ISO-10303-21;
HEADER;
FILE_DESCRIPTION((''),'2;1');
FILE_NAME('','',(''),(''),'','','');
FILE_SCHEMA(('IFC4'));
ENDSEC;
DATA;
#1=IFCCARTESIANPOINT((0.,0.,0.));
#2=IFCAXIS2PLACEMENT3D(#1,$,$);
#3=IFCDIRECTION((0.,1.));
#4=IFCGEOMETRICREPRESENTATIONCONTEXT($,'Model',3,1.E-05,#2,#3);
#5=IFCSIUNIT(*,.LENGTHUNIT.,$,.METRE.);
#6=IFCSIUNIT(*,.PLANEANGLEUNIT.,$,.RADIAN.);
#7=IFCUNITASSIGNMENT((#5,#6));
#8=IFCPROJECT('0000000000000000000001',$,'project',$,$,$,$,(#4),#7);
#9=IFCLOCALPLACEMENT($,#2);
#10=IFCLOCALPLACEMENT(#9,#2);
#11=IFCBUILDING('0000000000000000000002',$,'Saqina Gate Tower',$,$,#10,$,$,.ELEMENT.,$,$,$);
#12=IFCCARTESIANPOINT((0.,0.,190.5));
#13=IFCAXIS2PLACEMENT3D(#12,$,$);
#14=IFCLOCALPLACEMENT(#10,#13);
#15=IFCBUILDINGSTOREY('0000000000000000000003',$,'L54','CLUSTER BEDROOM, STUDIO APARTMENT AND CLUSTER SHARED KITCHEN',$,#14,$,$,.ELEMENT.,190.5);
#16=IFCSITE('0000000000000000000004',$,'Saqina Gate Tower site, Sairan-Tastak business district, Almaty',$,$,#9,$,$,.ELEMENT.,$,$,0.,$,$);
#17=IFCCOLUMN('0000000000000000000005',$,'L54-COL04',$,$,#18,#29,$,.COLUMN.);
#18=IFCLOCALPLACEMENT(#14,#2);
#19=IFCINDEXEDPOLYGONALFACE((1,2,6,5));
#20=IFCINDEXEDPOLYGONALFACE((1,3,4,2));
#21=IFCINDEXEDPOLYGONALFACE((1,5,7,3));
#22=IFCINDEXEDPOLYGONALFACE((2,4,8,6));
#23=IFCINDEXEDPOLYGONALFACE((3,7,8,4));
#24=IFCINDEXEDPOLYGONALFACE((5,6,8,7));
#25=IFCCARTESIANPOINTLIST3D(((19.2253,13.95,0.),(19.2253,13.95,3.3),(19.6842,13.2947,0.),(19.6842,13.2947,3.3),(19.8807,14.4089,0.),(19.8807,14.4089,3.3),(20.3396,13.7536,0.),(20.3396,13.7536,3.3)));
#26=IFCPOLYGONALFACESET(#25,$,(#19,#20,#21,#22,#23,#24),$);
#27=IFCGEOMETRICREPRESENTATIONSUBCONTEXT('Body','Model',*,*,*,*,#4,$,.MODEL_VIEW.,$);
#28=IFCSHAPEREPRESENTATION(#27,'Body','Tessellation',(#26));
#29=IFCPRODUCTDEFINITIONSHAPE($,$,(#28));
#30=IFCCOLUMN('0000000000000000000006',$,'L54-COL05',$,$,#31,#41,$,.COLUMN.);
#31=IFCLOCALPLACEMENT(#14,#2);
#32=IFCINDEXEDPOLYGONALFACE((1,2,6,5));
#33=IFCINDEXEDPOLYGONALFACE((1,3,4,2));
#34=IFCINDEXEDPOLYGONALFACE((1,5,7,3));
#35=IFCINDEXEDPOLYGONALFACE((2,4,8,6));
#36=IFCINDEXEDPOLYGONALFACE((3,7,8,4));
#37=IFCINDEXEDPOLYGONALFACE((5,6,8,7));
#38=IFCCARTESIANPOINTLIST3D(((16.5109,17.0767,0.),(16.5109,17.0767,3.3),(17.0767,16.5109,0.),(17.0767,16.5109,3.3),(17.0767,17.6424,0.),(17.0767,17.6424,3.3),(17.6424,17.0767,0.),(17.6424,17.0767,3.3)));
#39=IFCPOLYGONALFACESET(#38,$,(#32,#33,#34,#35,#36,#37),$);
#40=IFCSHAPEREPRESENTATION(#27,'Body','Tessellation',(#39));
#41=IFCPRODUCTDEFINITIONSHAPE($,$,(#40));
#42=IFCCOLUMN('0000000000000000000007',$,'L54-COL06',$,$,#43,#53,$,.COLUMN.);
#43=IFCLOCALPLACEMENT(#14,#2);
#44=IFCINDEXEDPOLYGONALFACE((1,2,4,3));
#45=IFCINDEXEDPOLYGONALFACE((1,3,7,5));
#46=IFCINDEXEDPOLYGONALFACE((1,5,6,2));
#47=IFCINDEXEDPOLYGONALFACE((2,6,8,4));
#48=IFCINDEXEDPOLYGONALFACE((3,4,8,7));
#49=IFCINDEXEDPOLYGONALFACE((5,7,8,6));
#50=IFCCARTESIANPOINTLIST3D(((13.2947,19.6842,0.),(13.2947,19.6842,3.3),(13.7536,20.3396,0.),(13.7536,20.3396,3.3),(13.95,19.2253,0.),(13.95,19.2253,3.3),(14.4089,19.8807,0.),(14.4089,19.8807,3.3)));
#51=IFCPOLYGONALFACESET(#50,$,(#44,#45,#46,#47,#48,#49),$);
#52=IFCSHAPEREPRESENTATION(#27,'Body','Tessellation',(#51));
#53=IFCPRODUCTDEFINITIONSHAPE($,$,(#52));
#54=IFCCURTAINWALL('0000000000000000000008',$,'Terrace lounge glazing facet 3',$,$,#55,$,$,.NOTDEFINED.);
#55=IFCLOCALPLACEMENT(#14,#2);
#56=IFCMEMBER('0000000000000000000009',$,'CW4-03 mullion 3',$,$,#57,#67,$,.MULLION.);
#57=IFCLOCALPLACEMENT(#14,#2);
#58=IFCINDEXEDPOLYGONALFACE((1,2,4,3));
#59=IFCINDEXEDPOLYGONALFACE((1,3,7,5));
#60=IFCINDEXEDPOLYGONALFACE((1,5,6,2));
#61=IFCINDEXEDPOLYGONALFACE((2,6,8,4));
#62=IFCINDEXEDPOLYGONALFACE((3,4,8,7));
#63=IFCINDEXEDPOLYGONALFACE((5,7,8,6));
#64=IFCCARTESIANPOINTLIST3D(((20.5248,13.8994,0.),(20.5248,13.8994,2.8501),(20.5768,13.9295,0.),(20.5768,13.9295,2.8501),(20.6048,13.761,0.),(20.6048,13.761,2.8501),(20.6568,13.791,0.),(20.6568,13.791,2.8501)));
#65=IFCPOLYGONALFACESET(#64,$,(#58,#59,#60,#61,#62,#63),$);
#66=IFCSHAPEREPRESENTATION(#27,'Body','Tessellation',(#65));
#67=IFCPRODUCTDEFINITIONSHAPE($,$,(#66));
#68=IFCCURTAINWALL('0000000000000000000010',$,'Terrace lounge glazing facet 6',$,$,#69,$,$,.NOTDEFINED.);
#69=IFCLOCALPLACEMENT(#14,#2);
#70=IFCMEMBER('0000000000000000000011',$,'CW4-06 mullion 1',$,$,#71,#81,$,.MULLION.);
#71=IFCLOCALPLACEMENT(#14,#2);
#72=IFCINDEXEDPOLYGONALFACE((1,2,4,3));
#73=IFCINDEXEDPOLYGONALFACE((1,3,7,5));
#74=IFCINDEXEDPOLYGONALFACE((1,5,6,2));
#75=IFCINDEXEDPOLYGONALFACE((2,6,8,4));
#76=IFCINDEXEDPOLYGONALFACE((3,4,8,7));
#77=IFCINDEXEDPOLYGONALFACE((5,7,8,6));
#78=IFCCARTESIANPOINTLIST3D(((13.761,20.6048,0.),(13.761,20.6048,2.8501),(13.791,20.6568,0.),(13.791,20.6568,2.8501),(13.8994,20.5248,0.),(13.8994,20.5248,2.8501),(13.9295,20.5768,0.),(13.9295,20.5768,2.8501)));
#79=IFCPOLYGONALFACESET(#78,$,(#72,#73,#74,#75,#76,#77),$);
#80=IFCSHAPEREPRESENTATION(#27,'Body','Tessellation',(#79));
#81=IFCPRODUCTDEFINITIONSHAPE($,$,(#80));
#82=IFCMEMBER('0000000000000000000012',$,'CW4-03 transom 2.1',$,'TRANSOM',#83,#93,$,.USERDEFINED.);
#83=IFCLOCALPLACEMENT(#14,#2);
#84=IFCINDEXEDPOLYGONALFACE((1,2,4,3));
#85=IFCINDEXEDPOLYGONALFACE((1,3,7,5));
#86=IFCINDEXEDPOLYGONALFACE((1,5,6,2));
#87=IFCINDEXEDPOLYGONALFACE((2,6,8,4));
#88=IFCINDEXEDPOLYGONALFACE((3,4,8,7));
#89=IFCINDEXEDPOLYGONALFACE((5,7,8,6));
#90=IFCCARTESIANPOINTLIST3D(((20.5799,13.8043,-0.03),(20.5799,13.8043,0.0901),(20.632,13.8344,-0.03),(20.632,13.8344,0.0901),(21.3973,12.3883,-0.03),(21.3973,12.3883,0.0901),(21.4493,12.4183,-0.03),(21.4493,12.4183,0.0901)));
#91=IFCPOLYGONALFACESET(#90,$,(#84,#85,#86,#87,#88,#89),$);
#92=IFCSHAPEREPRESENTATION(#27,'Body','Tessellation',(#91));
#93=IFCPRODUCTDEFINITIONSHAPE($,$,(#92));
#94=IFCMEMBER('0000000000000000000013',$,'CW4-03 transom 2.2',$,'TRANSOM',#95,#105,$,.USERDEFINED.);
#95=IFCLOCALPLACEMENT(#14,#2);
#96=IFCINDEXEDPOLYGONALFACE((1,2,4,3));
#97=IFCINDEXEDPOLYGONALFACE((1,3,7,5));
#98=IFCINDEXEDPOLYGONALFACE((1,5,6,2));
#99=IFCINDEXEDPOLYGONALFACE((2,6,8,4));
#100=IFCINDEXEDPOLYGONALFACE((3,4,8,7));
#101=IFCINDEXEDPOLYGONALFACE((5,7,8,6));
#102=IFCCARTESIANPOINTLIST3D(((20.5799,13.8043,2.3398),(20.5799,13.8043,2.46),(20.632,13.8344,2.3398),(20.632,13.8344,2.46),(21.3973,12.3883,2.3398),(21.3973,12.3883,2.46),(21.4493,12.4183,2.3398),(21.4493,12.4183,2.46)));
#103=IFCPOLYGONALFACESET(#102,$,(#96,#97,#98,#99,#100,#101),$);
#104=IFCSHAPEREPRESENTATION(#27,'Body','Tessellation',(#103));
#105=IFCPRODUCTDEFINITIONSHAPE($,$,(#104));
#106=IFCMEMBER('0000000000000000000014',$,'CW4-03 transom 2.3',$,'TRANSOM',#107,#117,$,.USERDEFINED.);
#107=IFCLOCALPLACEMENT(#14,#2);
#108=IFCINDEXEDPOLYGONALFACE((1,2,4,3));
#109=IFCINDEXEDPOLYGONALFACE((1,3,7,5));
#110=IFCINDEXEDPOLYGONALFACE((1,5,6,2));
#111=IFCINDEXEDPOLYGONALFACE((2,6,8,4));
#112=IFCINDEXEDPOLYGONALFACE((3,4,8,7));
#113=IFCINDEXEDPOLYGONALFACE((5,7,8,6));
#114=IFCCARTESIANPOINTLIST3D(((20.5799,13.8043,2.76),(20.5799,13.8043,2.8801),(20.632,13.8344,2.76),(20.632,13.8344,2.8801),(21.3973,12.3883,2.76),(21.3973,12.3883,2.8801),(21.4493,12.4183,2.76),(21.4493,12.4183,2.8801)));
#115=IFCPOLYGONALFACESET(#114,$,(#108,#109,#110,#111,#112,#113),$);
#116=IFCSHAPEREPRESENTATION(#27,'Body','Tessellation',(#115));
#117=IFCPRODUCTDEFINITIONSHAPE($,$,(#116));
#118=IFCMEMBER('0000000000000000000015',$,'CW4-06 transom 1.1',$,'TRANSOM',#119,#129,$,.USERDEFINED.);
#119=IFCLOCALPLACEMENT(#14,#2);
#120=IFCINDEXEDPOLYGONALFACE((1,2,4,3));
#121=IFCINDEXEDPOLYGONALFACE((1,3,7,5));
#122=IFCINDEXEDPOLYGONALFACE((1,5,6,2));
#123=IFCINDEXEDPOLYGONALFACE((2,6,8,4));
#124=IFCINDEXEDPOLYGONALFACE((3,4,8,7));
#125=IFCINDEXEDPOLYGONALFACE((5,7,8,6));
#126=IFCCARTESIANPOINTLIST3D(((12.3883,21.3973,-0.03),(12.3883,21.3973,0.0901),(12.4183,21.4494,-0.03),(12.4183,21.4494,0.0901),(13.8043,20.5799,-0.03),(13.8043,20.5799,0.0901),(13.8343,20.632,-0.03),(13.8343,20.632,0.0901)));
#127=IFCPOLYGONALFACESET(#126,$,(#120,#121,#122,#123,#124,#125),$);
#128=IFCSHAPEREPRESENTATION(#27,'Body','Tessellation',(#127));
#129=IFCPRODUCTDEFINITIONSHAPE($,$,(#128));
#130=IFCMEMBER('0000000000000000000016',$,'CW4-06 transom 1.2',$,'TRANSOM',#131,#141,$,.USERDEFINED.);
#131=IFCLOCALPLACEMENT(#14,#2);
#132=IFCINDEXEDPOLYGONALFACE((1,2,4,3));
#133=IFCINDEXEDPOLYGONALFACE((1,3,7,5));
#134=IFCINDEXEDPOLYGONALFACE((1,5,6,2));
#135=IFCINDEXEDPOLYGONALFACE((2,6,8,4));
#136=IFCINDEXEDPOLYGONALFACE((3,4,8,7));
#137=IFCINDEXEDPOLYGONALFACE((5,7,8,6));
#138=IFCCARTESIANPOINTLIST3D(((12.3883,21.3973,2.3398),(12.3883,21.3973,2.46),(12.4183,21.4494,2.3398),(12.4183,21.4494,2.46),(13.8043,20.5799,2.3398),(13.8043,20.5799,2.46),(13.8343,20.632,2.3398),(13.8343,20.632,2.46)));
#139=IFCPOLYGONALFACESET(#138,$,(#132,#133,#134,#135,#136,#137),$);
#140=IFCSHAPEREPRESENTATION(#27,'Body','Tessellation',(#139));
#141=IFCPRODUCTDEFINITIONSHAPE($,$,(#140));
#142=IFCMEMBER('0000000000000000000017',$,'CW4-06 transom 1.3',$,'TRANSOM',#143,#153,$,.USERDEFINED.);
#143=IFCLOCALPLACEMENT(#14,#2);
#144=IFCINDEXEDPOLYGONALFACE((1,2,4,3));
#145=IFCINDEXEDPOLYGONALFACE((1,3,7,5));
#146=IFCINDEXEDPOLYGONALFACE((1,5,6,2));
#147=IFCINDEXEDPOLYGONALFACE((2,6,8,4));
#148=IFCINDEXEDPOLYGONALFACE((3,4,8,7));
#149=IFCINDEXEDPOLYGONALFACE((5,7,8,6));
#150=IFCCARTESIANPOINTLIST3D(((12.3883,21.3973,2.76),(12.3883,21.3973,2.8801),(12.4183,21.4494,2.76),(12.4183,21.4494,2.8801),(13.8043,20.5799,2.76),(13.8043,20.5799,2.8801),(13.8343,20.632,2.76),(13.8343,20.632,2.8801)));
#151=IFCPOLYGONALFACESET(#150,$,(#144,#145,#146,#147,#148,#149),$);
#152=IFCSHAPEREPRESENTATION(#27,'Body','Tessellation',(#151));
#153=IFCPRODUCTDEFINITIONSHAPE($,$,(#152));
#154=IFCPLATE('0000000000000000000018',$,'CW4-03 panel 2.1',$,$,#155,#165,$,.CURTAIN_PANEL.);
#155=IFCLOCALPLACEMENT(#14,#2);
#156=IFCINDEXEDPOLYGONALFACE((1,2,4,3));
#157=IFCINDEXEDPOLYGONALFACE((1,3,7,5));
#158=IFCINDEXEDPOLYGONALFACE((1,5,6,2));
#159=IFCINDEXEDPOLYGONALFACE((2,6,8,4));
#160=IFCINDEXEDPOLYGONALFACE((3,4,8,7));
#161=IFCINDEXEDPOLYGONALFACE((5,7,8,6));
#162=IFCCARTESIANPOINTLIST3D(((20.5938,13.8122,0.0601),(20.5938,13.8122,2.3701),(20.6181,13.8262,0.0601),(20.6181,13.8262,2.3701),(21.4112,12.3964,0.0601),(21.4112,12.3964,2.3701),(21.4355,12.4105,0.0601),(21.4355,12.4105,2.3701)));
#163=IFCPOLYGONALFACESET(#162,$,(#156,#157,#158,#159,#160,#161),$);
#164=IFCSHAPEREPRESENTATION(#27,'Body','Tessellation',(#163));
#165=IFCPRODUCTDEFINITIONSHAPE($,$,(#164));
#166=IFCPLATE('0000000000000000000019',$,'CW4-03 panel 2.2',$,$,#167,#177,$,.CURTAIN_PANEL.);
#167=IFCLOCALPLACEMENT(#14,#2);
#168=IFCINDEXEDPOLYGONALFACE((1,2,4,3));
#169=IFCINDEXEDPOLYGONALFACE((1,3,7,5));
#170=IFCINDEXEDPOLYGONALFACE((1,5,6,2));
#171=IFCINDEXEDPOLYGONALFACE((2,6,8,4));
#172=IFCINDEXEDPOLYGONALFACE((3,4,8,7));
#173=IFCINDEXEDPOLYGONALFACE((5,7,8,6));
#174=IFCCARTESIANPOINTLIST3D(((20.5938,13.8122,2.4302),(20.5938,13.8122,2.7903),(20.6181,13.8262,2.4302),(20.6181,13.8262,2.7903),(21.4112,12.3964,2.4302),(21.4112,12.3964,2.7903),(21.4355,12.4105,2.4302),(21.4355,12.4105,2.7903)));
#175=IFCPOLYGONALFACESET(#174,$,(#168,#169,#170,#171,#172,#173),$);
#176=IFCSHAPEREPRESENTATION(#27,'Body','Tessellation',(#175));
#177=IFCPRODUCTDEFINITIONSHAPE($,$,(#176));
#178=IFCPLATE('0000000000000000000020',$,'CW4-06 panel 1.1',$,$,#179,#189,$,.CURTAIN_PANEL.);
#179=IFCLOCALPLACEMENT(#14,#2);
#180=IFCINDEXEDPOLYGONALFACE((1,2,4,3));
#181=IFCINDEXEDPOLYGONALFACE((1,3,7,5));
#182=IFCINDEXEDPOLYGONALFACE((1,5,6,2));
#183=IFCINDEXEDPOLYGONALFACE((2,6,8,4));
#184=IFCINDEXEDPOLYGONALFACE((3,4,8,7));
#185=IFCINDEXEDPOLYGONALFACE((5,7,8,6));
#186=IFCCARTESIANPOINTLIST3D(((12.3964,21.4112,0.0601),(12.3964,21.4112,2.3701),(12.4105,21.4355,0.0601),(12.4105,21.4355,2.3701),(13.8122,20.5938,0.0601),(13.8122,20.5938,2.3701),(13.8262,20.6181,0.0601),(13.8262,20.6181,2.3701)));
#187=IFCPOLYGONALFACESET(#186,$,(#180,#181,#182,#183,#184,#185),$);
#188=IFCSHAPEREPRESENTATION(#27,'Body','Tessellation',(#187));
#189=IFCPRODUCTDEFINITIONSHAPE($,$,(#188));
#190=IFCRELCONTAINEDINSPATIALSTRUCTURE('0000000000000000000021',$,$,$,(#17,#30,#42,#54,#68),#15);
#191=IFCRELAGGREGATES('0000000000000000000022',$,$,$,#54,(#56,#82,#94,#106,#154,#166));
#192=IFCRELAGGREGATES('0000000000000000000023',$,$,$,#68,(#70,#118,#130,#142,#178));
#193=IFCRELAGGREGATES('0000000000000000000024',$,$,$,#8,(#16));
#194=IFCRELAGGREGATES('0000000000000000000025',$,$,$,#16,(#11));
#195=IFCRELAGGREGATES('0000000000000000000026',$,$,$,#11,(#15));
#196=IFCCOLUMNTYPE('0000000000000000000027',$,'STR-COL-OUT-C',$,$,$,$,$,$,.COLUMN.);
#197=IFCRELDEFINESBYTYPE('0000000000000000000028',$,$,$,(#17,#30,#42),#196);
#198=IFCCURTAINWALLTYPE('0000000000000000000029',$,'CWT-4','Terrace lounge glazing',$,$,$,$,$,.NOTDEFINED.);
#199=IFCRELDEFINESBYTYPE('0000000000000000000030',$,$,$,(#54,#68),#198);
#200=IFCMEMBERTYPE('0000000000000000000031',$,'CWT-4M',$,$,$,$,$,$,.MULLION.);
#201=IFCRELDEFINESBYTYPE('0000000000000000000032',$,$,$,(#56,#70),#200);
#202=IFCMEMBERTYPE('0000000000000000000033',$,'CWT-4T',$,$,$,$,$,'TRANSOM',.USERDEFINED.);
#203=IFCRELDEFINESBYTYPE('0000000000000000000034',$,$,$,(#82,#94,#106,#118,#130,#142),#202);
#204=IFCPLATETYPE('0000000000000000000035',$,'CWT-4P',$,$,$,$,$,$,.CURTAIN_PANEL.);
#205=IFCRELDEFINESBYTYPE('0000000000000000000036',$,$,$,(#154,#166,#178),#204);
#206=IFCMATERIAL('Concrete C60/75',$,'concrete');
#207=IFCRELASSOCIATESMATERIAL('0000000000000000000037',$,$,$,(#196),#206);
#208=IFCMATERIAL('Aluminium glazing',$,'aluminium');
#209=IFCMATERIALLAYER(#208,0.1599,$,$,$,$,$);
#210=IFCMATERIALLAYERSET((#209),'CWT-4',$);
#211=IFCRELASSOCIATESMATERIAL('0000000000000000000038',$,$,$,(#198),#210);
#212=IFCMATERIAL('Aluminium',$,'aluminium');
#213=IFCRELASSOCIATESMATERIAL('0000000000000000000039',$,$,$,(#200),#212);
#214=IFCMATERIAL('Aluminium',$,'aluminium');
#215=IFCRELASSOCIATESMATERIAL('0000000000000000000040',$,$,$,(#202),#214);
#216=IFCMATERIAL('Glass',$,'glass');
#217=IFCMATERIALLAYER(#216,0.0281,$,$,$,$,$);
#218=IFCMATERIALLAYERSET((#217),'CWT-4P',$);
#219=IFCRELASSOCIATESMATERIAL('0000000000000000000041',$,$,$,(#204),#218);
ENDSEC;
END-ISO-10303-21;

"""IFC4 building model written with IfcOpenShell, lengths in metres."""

from ifc_helpers import new_model, si_unit, direction, frame, origin, origin_2d, place, context, subcontext, project, spatial, rectangle, extrude, material, layer, layer_set, material_profile, profile_set, type_object, element, aggregate, save


model = new_model("IFC4")

# Units and contexts
model_context = context("Model", 3, precision=1e-05, world=origin(), true_north=direction((0.0, 1.0)))
body_context = subcontext(model_context, "Body", "Model", "MODEL_VIEW")
ifc_project = project(units=[si_unit("LENGTHUNIT", "METRE"), si_unit("PLANEANGLEUNIT", "RADIAN")], contexts=[model_context])

# Site, building, storey
site_placement = place(None, origin())
site = spatial("IfcSite", under=ifc_project, at=site_placement, Name="Saqina Gate Tower site, Sairan-Tastak business district, Almaty", CompositionType="ELEMENT", RefElevation=0.0)
building_placement = place(site_placement, origin())
building = spatial("IfcBuilding", under=site, at=building_placement, Name="Saqina Gate Tower", CompositionType="ELEMENT")
storey_placement = place(building_placement, frame((0.0, 0.0, 190.5)))
storey = spatial("IfcBuildingStorey", under=building, at=storey_placement, Name="L54", Description="CLUSTER BEDROOM, STUDIO APARTMENT AND CLUSTER SHARED KITCHEN", CompositionType="ELEMENT", Elevation=190.5)

# Columns
ifc_material_1 = material(Name="Concrete C60/75", Category="concrete")
ifc_material_profile_1 = material_profile(ifc_material_1, rectangle(XDim=0.8, YDim=0.8, at=origin_2d()), Name="RC 800x800")
ifc_profile_set_1 = profile_set([ifc_material_profile_1], Name="Concrete C60/75")
column_type = type_object("IfcColumnType", Name="STR-COL-OUT-C", PredefinedType="COLUMN", material=ifc_profile_set_1)
for number, where, z_axis, x_axis, name in (
    (1, (19.7825, 13.8518, 0.0), (0.0, 0.0, 1.0), (0.819152, 0.573576, 0.0), "L54-COL04"),
    (2, (17.0767, 17.0767, 0.0), (0.0, 0.0, 1.0), (0.707107, 0.707107, 0.0), "L54-COL05"),
    (3, (13.8518, 19.7825, 0.0), (0.0, 0.0, 1.0), (0.573576, 0.819152, 0.0), "L54-COL06"),
):
    element("IfcColumn", number, at=place(storey_placement, frame(where, z_axis=z_axis, x_axis=x_axis)), inside=storey, type_object=column_type, Name=name, PredefinedType="COLUMN", context=body_context, shape_type="SweptSolid", body=[
        extrude(rectangle(XDim=0.8, YDim=0.8, at=origin_2d()), origin(), (0.0, 0.0, 1.0), 3.3),
    ])

# Curtain walls, members
ifc_material_2 = material(Name="Aluminium glazing", Category="aluminium")
ifc_layer_1 = layer(ifc_material_2, 0.1599)
ifc_layer_set_1 = layer_set([ifc_layer_1], Name="CWT-4")
curtain_wall_type = type_object("IfcCurtainWallType", Name="CWT-4", Description="Terrace lounge glazing", PredefinedType="NOTDEFINED", material=ifc_layer_set_1)
curtain_wall_1_placement = place(storey_placement, origin())
curtain_wall_1 = element("IfcCurtainWall", 4, at=curtain_wall_1_placement, inside=storey, type_object=curtain_wall_type, Name="Terrace lounge glazing facet 3", PredefinedType="NOTDEFINED")
ifc_material_3 = material(Name="Aluminium", Category="aluminium")
ifc_material_profile_2 = material_profile(ifc_material_3, rectangle(XDim=0.0601, YDim=0.1599, at=origin_2d()), Name="Aluminium 60x160")
ifc_profile_set_2 = profile_set([ifc_material_profile_2], Name="Aluminium")
member_type_1 = type_object("IfcMemberType", Name="CWT-4M", PredefinedType="MULLION", material=ifc_profile_set_2)
member_1_placement = place(storey_placement, frame((20.5908, 13.8452, 0.0), z_axis=(0.0, 0.0, 1.0), x_axis=(-0.866017, -0.500014, 0.0)))
member_1 = element("IfcMember", 5, at=member_1_placement, type_object=member_type_1, Name="CW4-03 mullion 3", PredefinedType="MULLION", context=body_context, shape_type="SweptSolid", body=[
    extrude(rectangle(XDim=0.0601, YDim=0.1599, at=origin_2d()), origin(), (0.0, 0.0, 1.0), 2.8501),
])
curtain_wall_2_placement = place(storey_placement, origin())
curtain_wall_2 = element("IfcCurtainWall", 6, at=curtain_wall_2_placement, inside=storey, type_object=curtain_wall_type, Name="Terrace lounge glazing facet 6", PredefinedType="NOTDEFINED")
member_2_placement = place(storey_placement, frame((13.8452, 20.5908, 0.0), z_axis=(0.0, 0.0, 1.0), x_axis=(-0.500014, -0.866017, 0.0)))
member_2 = element("IfcMember", 7, at=member_2_placement, type_object=member_type_1, Name="CW4-06 mullion 1", PredefinedType="MULLION", context=body_context, shape_type="SweptSolid", body=[
    extrude(rectangle(XDim=0.0601, YDim=0.1599, at=origin_2d()), origin(), (0.0, 0.0, 1.0), 2.8501),
])

# Members
ifc_material_4 = material(Name="Aluminium", Category="aluminium")
ifc_material_profile_3 = material_profile(ifc_material_4, rectangle(XDim=0.0601, YDim=0.1201, at=origin_2d()), Name="Aluminium 60x120")
ifc_profile_set_3 = profile_set([ifc_material_profile_3], Name="Aluminium")
member_type_2 = type_object("IfcMemberType", Name="CWT-4T", ElementType="TRANSOM", PredefinedType="USERDEFINED", material=ifc_profile_set_3)
member_3_placement = place(storey_placement, frame((21.4233, 12.4033, 0.03), z_axis=(-0.499929, 0.866066, 0.0), x_axis=(-0.866066, -0.499929, 0.0)))
member_3 = element("IfcMember", 8, at=member_3_placement, type_object=member_type_2, Name="CW4-03 transom 2.1", ObjectType="TRANSOM", PredefinedType="USERDEFINED", context=body_context, shape_type="SweptSolid", body=[
    extrude(rectangle(XDim=0.0601, YDim=0.1201, at=origin_2d()), origin(), (0.0, 0.0, 1.0), 1.635),
])
member_4_placement = place(storey_placement, frame((21.4233, 12.4033, 2.3999), z_axis=(-0.499929, 0.866066, 0.0), x_axis=(-0.866066, -0.499929, 0.0)))
member_4 = element("IfcMember", 9, at=member_4_placement, type_object=member_type_2, Name="CW4-03 transom 2.2", ObjectType="TRANSOM", PredefinedType="USERDEFINED", context=body_context, shape_type="SweptSolid", body=[
    extrude(rectangle(XDim=0.0601, YDim=0.1201, at=origin_2d()), origin(), (0.0, 0.0, 1.0), 1.635),
])
member_5_placement = place(storey_placement, frame((21.4233, 12.4033, 2.8201), z_axis=(-0.499929, 0.866066, 0.0), x_axis=(-0.866066, -0.499929, 0.0)))
member_5 = element("IfcMember", 10, at=member_5_placement, type_object=member_type_2, Name="CW4-03 transom 2.3", ObjectType="TRANSOM", PredefinedType="USERDEFINED", context=body_context, shape_type="SweptSolid", body=[
    extrude(rectangle(XDim=0.0601, YDim=0.1201, at=origin_2d()), origin(), (0.0, 0.0, 1.0), 1.635),
])
member_6_placement = place(storey_placement, frame((13.8193, 20.606, 0.03), z_axis=(-0.866066, 0.499929, 0.0), x_axis=(-0.499929, -0.866066, 0.0)))
member_6 = element("IfcMember", 11, at=member_6_placement, type_object=member_type_2, Name="CW4-06 transom 1.1", ObjectType="TRANSOM", PredefinedType="USERDEFINED", context=body_context, shape_type="SweptSolid", body=[
    extrude(rectangle(XDim=0.0601, YDim=0.1201, at=origin_2d()), origin(), (0.0, 0.0, 1.0), 1.635),
])
member_7_placement = place(storey_placement, frame((13.8193, 20.606, 2.3999), z_axis=(-0.866066, 0.499929, 0.0), x_axis=(-0.499929, -0.866066, 0.0)))
member_7 = element("IfcMember", 12, at=member_7_placement, type_object=member_type_2, Name="CW4-06 transom 1.2", ObjectType="TRANSOM", PredefinedType="USERDEFINED", context=body_context, shape_type="SweptSolid", body=[
    extrude(rectangle(XDim=0.0601, YDim=0.1201, at=origin_2d()), origin(), (0.0, 0.0, 1.0), 1.635),
])
member_8_placement = place(storey_placement, frame((13.8193, 20.606, 2.8201), z_axis=(-0.866066, 0.499929, 0.0), x_axis=(-0.499929, -0.866066, 0.0)))
member_8 = element("IfcMember", 13, at=member_8_placement, type_object=member_type_2, Name="CW4-06 transom 1.3", ObjectType="TRANSOM", PredefinedType="USERDEFINED", context=body_context, shape_type="SweptSolid", body=[
    extrude(rectangle(XDim=0.0601, YDim=0.1201, at=origin_2d()), origin(), (0.0, 0.0, 1.0), 1.635),
])

# Plates
ifc_material_5 = material(Name="Glass", Category="glass")
ifc_layer_2 = layer(ifc_material_5, 0.0281)
ifc_layer_set_2 = layer_set([ifc_layer_2], Name="CWT-4P")
plate_type = type_object("IfcPlateType", Name="CWT-4P", PredefinedType="CURTAIN_PANEL", material=ifc_layer_set_2)
plate_1_placement = place(storey_placement, frame((21.0146, 13.1113, 0.0601), z_axis=(0.0, 0.0, 1.0), x_axis=(-0.500014, 0.866017, 0.0)))
plate_1 = element("IfcPlate", 14, at=plate_1_placement, type_object=plate_type, Name="CW4-03 panel 2.1", PredefinedType="CURTAIN_PANEL", context=body_context, shape_type="SweptSolid", body=[
    extrude(rectangle(XDim=1.6348, YDim=0.0281, at=origin_2d()), origin(), (0.0, 0.0, 1.0), 2.3101),
])
plate_2_placement = place(storey_placement, frame((21.0146, 13.1113, 2.4302), z_axis=(0.0, 0.0, 1.0), x_axis=(-0.500014, 0.866017, 0.0)))
plate_2 = element("IfcPlate", 15, at=plate_2_placement, type_object=plate_type, Name="CW4-03 panel 2.2", PredefinedType="CURTAIN_PANEL", context=body_context, shape_type="SweptSolid", body=[
    extrude(rectangle(XDim=1.6348, YDim=0.0281, at=origin_2d()), origin(), (0.0, 0.0, 1.0), 0.3601),
])
aggregate(curtain_wall_1, [member_1, member_3, member_4, member_5, plate_1, plate_2])
plate_3_placement = place(storey_placement, frame((13.1113, 21.0146, 0.0601), z_axis=(0.0, 0.0, 1.0), x_axis=(-0.866017, 0.500014, 0.0)))
plate_3 = element("IfcPlate", 16, at=plate_3_placement, type_object=plate_type, Name="CW4-06 panel 1.1", PredefinedType="CURTAIN_PANEL", context=body_context, shape_type="SweptSolid", body=[
    extrude(rectangle(XDim=1.6348, YDim=0.0281, at=origin_2d()), origin(), (0.0, 0.0, 1.0), 2.3101),
])
aggregate(curtain_wall_2, [member_2, member_6, member_7, member_8, plate_3])

save(model, "model.ifc")
